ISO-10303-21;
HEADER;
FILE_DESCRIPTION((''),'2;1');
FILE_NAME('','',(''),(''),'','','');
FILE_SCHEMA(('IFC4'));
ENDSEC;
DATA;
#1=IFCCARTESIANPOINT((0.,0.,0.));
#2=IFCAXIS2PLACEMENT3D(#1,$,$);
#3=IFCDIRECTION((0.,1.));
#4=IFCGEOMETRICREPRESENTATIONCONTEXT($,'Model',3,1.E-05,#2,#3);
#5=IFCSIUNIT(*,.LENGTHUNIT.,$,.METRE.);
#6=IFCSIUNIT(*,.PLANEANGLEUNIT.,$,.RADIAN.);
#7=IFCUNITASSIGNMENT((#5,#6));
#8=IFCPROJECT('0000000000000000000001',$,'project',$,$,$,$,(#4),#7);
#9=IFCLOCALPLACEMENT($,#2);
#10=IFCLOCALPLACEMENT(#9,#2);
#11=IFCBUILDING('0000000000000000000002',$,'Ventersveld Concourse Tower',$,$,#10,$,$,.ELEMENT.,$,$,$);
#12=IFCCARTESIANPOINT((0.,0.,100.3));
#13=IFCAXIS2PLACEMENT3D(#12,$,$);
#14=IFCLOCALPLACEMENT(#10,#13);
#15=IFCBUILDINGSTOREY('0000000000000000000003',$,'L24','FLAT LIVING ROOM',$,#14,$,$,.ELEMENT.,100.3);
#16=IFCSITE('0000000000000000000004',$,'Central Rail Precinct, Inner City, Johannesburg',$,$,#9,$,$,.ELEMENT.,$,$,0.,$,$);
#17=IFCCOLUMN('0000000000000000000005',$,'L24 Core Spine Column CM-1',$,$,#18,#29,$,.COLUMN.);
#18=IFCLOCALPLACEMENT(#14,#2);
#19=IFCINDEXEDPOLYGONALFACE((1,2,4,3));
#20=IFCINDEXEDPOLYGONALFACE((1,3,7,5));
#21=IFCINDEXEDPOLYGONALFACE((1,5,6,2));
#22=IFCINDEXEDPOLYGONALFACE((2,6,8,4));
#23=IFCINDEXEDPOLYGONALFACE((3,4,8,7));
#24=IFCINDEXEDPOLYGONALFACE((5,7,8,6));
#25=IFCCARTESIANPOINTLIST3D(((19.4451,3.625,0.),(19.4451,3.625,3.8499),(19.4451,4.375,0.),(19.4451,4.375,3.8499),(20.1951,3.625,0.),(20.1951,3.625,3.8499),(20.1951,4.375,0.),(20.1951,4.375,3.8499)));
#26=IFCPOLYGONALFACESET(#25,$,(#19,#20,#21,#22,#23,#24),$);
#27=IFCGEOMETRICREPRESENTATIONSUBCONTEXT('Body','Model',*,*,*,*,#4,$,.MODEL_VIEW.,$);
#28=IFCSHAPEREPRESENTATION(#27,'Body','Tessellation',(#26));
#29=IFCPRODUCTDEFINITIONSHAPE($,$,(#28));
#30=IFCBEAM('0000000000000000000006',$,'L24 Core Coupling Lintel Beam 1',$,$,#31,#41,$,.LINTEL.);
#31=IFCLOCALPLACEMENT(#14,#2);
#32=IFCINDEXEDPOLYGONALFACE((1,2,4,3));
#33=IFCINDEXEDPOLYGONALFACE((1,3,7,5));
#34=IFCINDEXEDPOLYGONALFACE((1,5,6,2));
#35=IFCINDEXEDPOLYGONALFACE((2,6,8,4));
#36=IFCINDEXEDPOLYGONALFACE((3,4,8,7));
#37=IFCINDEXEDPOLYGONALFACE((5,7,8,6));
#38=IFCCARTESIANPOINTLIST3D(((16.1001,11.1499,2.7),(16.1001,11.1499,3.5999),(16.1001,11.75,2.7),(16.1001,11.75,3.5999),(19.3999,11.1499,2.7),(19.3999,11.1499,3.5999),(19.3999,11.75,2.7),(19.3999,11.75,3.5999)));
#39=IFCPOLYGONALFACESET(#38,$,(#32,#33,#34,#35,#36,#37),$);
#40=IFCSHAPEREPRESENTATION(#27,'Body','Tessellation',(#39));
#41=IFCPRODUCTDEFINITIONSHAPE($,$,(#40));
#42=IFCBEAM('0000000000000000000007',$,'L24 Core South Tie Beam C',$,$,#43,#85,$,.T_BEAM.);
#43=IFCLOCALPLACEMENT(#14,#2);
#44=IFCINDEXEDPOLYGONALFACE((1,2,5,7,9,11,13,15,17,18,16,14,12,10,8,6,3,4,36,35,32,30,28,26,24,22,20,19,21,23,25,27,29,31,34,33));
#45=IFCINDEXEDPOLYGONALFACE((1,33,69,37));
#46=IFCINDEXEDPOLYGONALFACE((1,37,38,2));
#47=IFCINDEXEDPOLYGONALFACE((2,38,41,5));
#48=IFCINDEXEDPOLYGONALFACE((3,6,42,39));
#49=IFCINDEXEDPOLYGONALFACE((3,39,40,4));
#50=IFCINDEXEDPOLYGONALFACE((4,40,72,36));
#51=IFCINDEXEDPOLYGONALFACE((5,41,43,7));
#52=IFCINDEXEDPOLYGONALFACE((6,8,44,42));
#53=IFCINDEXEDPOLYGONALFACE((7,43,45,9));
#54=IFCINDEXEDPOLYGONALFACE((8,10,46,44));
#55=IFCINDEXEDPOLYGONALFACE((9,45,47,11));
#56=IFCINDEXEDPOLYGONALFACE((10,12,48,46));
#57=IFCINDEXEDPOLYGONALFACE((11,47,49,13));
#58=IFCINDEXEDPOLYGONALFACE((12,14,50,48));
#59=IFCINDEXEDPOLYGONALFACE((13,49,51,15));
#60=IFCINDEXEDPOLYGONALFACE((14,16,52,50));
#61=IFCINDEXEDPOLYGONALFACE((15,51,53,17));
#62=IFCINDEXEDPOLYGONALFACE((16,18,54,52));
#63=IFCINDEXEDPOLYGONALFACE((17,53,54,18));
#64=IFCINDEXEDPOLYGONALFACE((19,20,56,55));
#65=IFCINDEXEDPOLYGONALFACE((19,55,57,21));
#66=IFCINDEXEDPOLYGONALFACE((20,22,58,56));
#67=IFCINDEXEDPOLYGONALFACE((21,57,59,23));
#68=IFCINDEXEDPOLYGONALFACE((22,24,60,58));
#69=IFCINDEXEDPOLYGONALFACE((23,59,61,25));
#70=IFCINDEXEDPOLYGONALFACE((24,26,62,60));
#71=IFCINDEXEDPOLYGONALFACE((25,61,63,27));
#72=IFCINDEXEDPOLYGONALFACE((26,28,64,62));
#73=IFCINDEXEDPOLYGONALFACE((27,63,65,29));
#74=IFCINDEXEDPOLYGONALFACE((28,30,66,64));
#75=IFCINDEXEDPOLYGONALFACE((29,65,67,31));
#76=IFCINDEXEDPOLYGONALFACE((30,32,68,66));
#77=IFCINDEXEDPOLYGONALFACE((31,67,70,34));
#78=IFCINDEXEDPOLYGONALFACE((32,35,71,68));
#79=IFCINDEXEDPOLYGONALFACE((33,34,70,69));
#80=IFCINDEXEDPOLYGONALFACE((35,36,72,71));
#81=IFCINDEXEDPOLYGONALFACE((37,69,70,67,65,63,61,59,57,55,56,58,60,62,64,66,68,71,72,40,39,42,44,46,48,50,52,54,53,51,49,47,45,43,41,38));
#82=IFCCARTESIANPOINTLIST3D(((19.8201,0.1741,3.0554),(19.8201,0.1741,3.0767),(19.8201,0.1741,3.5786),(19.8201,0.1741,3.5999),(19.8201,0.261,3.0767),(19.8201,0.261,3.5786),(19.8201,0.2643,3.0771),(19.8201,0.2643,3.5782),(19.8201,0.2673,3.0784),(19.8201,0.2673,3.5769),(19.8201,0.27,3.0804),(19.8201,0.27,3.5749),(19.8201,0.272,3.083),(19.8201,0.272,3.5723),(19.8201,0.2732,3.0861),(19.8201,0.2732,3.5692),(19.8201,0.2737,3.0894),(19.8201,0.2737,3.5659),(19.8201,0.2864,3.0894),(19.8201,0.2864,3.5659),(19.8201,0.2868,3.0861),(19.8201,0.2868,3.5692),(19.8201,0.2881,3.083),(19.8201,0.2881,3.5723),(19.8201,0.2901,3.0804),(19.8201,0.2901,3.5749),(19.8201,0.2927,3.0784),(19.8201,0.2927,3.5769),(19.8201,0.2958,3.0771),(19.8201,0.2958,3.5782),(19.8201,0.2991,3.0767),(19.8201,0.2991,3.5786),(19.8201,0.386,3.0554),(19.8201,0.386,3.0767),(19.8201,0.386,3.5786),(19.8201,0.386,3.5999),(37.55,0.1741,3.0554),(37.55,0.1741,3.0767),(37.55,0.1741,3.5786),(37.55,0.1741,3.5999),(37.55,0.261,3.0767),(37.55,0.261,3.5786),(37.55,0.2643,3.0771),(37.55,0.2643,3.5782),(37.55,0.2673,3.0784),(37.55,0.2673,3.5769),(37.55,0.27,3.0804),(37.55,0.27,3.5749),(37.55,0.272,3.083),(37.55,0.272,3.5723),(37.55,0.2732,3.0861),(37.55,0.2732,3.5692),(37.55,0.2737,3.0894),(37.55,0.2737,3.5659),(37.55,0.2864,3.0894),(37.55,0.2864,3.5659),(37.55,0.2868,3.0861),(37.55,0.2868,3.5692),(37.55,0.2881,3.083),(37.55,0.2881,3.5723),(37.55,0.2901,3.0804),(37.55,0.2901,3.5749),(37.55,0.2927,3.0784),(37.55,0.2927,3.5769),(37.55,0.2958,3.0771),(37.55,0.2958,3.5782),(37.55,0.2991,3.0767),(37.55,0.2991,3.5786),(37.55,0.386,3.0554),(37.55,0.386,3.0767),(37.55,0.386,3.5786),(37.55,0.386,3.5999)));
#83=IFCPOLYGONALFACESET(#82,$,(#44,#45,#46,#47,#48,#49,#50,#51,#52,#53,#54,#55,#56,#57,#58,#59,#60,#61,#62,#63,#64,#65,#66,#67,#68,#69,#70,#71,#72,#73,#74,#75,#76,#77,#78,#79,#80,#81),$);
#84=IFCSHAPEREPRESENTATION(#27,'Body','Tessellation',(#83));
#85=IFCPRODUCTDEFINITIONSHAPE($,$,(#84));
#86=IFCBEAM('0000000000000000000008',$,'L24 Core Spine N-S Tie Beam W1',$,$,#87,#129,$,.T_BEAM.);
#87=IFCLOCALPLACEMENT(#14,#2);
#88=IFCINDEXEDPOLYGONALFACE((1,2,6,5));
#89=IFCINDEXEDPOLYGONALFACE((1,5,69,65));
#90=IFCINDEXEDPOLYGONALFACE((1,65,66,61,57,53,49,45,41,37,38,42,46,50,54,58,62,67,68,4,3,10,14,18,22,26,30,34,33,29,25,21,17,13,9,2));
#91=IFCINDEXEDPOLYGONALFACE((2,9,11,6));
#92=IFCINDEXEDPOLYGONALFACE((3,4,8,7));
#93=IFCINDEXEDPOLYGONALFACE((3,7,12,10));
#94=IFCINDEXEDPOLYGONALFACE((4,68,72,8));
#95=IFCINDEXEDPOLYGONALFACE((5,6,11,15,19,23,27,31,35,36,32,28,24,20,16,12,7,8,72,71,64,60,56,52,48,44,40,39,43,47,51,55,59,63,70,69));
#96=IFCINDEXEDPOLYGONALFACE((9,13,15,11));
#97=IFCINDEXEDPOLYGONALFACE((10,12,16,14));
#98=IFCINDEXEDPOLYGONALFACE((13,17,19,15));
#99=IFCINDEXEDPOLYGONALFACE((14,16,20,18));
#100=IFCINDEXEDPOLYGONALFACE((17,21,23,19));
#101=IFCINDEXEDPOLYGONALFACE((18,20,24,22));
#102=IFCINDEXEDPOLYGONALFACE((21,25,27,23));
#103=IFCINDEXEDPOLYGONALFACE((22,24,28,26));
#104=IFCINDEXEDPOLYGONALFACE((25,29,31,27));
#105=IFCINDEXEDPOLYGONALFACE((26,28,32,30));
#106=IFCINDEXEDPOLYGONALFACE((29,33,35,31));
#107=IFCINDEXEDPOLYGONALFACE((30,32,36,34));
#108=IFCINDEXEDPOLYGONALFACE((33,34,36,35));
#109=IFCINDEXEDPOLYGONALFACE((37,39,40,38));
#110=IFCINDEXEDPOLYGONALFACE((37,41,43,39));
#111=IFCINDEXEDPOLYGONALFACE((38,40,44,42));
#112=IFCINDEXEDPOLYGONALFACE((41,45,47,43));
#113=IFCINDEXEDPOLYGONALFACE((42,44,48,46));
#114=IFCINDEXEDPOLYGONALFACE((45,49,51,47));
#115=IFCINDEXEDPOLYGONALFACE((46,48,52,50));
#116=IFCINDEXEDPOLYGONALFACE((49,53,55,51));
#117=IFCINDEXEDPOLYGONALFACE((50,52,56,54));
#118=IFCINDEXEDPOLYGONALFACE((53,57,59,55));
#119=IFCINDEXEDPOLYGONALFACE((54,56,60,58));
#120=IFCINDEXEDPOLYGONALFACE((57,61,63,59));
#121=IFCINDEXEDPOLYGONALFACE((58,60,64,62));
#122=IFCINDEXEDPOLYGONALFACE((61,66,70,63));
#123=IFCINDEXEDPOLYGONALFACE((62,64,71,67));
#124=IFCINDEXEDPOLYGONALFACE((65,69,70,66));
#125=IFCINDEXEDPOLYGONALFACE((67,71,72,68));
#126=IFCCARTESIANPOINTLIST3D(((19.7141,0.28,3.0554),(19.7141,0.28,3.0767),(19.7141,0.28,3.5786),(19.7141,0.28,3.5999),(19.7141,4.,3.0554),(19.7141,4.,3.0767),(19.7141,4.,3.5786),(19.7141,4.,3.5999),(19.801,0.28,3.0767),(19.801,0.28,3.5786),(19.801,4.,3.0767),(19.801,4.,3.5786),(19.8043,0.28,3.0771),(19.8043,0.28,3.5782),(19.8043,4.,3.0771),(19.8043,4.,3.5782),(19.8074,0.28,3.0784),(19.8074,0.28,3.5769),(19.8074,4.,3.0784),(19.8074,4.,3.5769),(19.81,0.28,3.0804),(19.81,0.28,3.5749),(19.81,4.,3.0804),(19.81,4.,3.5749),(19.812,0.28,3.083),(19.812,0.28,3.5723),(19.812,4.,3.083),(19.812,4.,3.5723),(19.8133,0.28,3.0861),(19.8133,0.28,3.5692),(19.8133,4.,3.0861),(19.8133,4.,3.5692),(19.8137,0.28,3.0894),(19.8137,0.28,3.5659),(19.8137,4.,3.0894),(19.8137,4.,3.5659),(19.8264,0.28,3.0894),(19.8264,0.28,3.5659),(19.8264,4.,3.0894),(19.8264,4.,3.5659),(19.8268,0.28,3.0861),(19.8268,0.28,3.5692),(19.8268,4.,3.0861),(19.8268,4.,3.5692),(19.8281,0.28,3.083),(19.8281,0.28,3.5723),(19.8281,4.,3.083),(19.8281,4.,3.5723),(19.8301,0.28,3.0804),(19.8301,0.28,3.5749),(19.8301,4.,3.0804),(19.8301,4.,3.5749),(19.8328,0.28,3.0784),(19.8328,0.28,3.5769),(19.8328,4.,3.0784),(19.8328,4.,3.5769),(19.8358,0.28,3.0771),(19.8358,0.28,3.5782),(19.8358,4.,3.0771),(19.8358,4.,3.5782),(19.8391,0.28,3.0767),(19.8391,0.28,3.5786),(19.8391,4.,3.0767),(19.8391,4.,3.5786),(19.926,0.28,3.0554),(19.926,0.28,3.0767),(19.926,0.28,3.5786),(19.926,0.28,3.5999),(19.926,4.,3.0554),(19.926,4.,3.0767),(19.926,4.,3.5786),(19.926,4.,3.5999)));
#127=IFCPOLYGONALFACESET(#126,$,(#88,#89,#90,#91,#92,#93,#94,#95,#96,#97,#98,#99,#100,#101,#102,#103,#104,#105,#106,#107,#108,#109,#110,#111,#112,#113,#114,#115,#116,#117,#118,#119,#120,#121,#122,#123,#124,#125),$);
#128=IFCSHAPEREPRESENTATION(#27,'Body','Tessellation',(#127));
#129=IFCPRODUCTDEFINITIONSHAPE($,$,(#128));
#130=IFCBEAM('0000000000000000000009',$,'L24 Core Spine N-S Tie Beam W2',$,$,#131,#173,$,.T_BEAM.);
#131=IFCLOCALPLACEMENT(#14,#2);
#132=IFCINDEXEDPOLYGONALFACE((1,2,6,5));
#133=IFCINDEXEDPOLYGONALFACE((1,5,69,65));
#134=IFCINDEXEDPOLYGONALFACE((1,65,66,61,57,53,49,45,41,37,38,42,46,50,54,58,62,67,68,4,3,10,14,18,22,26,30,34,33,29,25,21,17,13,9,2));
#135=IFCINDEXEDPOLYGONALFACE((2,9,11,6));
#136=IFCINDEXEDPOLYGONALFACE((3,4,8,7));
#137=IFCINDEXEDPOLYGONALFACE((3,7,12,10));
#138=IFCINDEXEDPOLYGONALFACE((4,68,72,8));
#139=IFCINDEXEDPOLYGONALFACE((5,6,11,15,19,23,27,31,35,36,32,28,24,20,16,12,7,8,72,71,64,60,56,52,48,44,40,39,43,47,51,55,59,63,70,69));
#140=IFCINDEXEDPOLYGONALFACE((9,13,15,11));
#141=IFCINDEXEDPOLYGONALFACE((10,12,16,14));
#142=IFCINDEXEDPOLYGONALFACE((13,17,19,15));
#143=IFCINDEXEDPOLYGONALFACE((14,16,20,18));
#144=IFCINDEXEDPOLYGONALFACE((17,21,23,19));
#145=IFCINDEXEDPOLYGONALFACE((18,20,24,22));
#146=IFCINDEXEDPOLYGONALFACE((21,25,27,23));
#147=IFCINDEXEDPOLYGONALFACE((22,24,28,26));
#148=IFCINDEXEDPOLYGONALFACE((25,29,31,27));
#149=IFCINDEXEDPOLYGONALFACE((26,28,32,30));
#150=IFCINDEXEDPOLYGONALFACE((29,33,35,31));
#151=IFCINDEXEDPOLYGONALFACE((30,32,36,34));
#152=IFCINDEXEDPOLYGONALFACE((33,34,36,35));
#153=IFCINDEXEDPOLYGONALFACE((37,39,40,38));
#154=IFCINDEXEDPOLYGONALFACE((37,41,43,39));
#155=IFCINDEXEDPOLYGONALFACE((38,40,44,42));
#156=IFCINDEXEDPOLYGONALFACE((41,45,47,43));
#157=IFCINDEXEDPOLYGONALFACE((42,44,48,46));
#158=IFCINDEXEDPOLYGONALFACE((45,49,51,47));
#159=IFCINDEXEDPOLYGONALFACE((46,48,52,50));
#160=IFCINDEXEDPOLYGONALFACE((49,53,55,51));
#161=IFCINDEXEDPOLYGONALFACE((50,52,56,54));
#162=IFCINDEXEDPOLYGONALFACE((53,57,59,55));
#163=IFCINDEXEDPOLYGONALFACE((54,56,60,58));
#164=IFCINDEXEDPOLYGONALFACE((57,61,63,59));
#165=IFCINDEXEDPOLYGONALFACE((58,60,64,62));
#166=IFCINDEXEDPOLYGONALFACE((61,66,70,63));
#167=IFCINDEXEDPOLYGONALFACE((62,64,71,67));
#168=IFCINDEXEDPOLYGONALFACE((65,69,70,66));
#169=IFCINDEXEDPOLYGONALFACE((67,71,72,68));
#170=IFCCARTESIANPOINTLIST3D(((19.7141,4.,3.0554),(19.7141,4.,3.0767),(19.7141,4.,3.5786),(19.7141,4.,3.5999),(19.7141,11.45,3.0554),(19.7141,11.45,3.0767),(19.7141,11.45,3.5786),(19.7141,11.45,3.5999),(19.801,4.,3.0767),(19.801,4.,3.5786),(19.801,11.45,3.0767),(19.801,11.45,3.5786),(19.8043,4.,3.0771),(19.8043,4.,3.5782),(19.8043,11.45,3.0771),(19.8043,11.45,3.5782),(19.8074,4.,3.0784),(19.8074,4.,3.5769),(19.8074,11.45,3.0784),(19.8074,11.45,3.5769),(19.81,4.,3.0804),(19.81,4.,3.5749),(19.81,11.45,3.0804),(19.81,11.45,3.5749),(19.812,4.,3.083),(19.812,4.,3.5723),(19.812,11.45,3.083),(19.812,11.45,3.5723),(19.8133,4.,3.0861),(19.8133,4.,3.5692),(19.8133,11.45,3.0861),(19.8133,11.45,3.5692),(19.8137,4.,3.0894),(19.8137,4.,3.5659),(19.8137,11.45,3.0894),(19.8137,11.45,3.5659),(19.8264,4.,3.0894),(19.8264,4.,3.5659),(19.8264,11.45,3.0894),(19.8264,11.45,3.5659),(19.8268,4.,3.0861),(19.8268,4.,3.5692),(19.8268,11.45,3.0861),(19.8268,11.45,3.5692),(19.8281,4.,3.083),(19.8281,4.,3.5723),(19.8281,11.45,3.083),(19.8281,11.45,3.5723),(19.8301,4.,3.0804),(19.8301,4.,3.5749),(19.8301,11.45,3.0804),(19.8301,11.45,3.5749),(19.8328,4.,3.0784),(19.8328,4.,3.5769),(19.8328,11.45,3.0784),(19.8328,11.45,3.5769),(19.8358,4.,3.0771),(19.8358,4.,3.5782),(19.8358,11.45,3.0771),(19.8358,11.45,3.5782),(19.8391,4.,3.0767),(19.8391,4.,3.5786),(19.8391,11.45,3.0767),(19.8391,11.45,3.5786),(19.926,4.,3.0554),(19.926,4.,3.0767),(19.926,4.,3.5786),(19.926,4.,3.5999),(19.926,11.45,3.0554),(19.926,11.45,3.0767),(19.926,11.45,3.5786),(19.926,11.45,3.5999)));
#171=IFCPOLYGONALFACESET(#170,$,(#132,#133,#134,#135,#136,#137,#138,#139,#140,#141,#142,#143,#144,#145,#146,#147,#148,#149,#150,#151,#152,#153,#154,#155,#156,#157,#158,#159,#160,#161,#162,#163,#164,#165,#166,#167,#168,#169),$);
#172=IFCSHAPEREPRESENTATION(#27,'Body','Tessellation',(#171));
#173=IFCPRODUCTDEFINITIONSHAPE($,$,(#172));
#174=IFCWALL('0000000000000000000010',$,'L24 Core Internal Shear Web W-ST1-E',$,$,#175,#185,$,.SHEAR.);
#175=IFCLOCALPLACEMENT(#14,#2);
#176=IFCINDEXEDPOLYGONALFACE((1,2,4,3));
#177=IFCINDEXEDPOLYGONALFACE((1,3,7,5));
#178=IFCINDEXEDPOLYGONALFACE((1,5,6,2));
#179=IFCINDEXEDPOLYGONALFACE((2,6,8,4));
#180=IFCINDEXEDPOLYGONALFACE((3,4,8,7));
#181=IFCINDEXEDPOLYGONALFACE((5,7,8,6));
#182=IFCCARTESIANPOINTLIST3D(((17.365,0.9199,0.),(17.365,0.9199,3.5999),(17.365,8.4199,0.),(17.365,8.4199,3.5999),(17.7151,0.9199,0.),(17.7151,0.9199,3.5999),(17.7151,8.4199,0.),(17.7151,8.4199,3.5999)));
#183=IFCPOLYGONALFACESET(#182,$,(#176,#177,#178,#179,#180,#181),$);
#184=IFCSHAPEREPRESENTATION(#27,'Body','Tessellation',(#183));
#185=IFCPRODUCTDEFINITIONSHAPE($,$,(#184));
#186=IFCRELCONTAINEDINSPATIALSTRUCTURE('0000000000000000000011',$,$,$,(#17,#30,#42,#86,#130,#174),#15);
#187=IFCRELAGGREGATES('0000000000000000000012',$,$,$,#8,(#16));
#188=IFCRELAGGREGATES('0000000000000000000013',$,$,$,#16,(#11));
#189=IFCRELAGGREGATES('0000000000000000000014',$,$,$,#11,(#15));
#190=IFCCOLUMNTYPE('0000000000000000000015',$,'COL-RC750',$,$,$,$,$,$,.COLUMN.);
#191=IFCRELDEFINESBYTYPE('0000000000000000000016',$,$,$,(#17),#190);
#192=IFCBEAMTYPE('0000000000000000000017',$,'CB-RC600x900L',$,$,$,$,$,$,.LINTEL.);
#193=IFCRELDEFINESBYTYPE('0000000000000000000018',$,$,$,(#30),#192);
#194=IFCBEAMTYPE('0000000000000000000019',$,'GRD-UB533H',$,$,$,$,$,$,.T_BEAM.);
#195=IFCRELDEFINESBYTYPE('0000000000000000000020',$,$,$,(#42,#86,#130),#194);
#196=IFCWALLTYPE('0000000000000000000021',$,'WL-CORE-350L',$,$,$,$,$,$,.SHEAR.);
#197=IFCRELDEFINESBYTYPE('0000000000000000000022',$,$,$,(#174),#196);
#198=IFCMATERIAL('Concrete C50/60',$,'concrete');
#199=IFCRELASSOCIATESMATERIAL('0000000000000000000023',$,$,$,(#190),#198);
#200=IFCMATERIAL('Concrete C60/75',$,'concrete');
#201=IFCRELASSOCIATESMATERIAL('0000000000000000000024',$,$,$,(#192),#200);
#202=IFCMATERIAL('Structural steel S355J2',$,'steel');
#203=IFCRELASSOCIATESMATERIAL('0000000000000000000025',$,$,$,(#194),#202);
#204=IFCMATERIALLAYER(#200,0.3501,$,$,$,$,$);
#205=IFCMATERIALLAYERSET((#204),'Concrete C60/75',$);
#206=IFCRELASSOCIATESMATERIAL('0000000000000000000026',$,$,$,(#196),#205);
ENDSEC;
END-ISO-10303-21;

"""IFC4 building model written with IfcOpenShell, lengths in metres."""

from ifc_helpers import new_model, si_unit, direction, frame, frame_2d, origin, origin_2d, place, context, subcontext, project, spatial, rectangle, i_section, extrude, material, layer, layer_set, material_profile, profile_set, type_object, element, save


model = new_model("IFC4")

# Units and contexts
model_context = context("Model", 3, precision=1e-05, world=origin(), true_north=direction((0.0, 1.0)))
body_context = subcontext(model_context, "Body", "Model", "MODEL_VIEW")
ifc_project = project(units=[si_unit("LENGTHUNIT", "METRE"), si_unit("PLANEANGLEUNIT", "RADIAN")], contexts=[model_context])

# Site, building, storey
site_placement = place(None, origin())
site = spatial("IfcSite", under=ifc_project, at=site_placement, Name="Central Rail Precinct, Inner City, Johannesburg", CompositionType="ELEMENT", RefElevation=0.0)
building_placement = place(site_placement, origin())
building = spatial("IfcBuilding", under=site, at=building_placement, Name="Ventersveld Concourse Tower", CompositionType="ELEMENT")
storey_placement = place(building_placement, frame((0.0, 0.0, 100.3)))
storey = spatial("IfcBuildingStorey", under=building, at=storey_placement, Name="L24", Description="FLAT LIVING ROOM", CompositionType="ELEMENT", Elevation=100.3)

# Column
ifc_material_1 = material(Name="Concrete C50/60", Category="concrete")
ifc_material_profile_1 = material_profile(ifc_material_1, rectangle(XDim=0.75, YDim=0.75, at=origin_2d()), Name="RC 750x750")
ifc_profile_set_1 = profile_set([ifc_material_profile_1], Name="Concrete C50/60")
column_type = type_object("IfcColumnType", Name="COL-RC750", PredefinedType="COLUMN", material=ifc_profile_set_1)
column_placement = place(storey_placement, frame((19.8201, 4.0, 0.0), z_axis=(0.0, 0.0, 1.0), x_axis=(1.0, 0.0, 0.0)))
element("IfcColumn", 1, at=column_placement, inside=storey, type_object=column_type, Name="L24 Core Spine Column CM-1", PredefinedType="COLUMN", context=body_context, shape_type="SweptSolid", body=[
    extrude(rectangle(XDim=0.75, YDim=0.75, at=origin_2d()), origin(), (0.0, 0.0, 1.0), 3.8499),
])

# Beams
ifc_material_2 = material(Name="Concrete C60/75", Category="concrete")
ifc_material_profile_2 = material_profile(ifc_material_2, rectangle(XDim=0.6001, YDim=0.8999, at=origin_2d()), Name="RC 600x900")
ifc_profile_set_2 = profile_set([ifc_material_profile_2], Name="Concrete C60/75")
beam_type_1 = type_object("IfcBeamType", Name="CB-RC600x900L", PredefinedType="LINTEL", material=ifc_profile_set_2)
beam_1_placement = place(storey_placement, frame((16.1001, 11.45, 3.1499), z_axis=(1.0, 0.0, 0.0), x_axis=(0.0, 1.0, 0.0)))
element("IfcBeam", 2, at=beam_1_placement, inside=storey, type_object=beam_type_1, Name="L24 Core Coupling Lintel Beam 1", PredefinedType="LINTEL", context=body_context, shape_type="SweptSolid", body=[
    extrude(rectangle(XDim=0.6001, YDim=0.8999, at=origin_2d()), origin(), (0.0, 0.0, 1.0), 3.2998),
])
ifc_material_3 = material(Name="Structural steel S355J2", Category="steel")
ifc_material_profile_3 = material_profile(ifc_material_3, i_section(OverallWidth=0.2119, OverallDepth=0.5444, WebThickness=0.0127, FlangeThickness=0.0212, FilletRadius=0.0127, at=origin_2d()), Name="UB 533x210x122")
ifc_profile_set_3 = profile_set([ifc_material_profile_3], Name="Structural steel S355J2")
beam_type_2 = type_object("IfcBeamType", Name="GRD-UB533H", PredefinedType="T_BEAM", material=ifc_profile_set_3)
beam_2_placement = place(storey_placement, frame((19.8201, 0.28, 3.3276), z_axis=(1.0, 0.0, 0.0), x_axis=(0.0, 1.0, 0.0)))
element("IfcBeam", 3, at=beam_2_placement, inside=storey, type_object=beam_type_2, Name="L24 Core South Tie Beam C", PredefinedType="T_BEAM", context=body_context, shape_type="SweptSolid", body=[
    extrude(i_section(OverallWidth=0.2119, OverallDepth=0.5444, WebThickness=0.0127, FlangeThickness=0.0212, FilletRadius=0.0127, at=origin_2d()), origin(), (0.0, 0.0, 1.0), 17.73),
])
beam_3_placement = place(storey_placement, frame((19.8201, 0.28, 3.3276), z_axis=(0.0, 1.0, 0.0), x_axis=(-1.0, 0.0, 0.0)))
element("IfcBeam", 4, at=beam_3_placement, inside=storey, type_object=beam_type_2, Name="L24 Core Spine N-S Tie Beam W1", PredefinedType="T_BEAM", context=body_context, shape_type="SweptSolid", body=[
    extrude(i_section(OverallWidth=0.2119, OverallDepth=0.5444, WebThickness=0.0127, FlangeThickness=0.0212, FilletRadius=0.0127, at=origin_2d()), origin(), (0.0, 0.0, 1.0), 3.72),
])
beam_4_placement = place(storey_placement, frame((19.8201, 4.0, 3.3276), z_axis=(0.0, 1.0, 0.0), x_axis=(-1.0, 0.0, 0.0)))
element("IfcBeam", 5, at=beam_4_placement, inside=storey, type_object=beam_type_2, Name="L24 Core Spine N-S Tie Beam W2", PredefinedType="T_BEAM", context=body_context, shape_type="SweptSolid", body=[
    extrude(i_section(OverallWidth=0.2119, OverallDepth=0.5444, WebThickness=0.0127, FlangeThickness=0.0212, FilletRadius=0.0127, at=origin_2d()), origin(), (0.0, 0.0, 1.0), 7.45),
])

# Wall
ifc_layer_1 = layer(ifc_material_2, 0.3501)
ifc_layer_set_1 = layer_set([ifc_layer_1], Name="Concrete C60/75")
wall_type_1 = type_object("IfcWallType", Name="WL-CORE-350L", PredefinedType="SHEAR", material=ifc_layer_set_1)
for number, where, z_axis, x_axis, name in (
    (6, (17.54, 0.9199, 0.0), (0.0, 0.0, 1.0), (0.0, 1.0, 0.0), "L24 Core Internal Shear Web W-ST1-E"),
):
    element("IfcWall", number, at=place(storey_placement, frame(where, z_axis=z_axis, x_axis=x_axis)), inside=storey, type_object=wall_type_1, Name=name, PredefinedType="SHEAR", context=body_context, shape_type="SweptSolid", body=[
        extrude(rectangle(XDim=7.5, YDim=0.3501, at=frame_2d((3.75, 0.0))), origin(), (0.0, 0.0, 1.0), 3.5999),
    ])

save(model, "model.ifc")
